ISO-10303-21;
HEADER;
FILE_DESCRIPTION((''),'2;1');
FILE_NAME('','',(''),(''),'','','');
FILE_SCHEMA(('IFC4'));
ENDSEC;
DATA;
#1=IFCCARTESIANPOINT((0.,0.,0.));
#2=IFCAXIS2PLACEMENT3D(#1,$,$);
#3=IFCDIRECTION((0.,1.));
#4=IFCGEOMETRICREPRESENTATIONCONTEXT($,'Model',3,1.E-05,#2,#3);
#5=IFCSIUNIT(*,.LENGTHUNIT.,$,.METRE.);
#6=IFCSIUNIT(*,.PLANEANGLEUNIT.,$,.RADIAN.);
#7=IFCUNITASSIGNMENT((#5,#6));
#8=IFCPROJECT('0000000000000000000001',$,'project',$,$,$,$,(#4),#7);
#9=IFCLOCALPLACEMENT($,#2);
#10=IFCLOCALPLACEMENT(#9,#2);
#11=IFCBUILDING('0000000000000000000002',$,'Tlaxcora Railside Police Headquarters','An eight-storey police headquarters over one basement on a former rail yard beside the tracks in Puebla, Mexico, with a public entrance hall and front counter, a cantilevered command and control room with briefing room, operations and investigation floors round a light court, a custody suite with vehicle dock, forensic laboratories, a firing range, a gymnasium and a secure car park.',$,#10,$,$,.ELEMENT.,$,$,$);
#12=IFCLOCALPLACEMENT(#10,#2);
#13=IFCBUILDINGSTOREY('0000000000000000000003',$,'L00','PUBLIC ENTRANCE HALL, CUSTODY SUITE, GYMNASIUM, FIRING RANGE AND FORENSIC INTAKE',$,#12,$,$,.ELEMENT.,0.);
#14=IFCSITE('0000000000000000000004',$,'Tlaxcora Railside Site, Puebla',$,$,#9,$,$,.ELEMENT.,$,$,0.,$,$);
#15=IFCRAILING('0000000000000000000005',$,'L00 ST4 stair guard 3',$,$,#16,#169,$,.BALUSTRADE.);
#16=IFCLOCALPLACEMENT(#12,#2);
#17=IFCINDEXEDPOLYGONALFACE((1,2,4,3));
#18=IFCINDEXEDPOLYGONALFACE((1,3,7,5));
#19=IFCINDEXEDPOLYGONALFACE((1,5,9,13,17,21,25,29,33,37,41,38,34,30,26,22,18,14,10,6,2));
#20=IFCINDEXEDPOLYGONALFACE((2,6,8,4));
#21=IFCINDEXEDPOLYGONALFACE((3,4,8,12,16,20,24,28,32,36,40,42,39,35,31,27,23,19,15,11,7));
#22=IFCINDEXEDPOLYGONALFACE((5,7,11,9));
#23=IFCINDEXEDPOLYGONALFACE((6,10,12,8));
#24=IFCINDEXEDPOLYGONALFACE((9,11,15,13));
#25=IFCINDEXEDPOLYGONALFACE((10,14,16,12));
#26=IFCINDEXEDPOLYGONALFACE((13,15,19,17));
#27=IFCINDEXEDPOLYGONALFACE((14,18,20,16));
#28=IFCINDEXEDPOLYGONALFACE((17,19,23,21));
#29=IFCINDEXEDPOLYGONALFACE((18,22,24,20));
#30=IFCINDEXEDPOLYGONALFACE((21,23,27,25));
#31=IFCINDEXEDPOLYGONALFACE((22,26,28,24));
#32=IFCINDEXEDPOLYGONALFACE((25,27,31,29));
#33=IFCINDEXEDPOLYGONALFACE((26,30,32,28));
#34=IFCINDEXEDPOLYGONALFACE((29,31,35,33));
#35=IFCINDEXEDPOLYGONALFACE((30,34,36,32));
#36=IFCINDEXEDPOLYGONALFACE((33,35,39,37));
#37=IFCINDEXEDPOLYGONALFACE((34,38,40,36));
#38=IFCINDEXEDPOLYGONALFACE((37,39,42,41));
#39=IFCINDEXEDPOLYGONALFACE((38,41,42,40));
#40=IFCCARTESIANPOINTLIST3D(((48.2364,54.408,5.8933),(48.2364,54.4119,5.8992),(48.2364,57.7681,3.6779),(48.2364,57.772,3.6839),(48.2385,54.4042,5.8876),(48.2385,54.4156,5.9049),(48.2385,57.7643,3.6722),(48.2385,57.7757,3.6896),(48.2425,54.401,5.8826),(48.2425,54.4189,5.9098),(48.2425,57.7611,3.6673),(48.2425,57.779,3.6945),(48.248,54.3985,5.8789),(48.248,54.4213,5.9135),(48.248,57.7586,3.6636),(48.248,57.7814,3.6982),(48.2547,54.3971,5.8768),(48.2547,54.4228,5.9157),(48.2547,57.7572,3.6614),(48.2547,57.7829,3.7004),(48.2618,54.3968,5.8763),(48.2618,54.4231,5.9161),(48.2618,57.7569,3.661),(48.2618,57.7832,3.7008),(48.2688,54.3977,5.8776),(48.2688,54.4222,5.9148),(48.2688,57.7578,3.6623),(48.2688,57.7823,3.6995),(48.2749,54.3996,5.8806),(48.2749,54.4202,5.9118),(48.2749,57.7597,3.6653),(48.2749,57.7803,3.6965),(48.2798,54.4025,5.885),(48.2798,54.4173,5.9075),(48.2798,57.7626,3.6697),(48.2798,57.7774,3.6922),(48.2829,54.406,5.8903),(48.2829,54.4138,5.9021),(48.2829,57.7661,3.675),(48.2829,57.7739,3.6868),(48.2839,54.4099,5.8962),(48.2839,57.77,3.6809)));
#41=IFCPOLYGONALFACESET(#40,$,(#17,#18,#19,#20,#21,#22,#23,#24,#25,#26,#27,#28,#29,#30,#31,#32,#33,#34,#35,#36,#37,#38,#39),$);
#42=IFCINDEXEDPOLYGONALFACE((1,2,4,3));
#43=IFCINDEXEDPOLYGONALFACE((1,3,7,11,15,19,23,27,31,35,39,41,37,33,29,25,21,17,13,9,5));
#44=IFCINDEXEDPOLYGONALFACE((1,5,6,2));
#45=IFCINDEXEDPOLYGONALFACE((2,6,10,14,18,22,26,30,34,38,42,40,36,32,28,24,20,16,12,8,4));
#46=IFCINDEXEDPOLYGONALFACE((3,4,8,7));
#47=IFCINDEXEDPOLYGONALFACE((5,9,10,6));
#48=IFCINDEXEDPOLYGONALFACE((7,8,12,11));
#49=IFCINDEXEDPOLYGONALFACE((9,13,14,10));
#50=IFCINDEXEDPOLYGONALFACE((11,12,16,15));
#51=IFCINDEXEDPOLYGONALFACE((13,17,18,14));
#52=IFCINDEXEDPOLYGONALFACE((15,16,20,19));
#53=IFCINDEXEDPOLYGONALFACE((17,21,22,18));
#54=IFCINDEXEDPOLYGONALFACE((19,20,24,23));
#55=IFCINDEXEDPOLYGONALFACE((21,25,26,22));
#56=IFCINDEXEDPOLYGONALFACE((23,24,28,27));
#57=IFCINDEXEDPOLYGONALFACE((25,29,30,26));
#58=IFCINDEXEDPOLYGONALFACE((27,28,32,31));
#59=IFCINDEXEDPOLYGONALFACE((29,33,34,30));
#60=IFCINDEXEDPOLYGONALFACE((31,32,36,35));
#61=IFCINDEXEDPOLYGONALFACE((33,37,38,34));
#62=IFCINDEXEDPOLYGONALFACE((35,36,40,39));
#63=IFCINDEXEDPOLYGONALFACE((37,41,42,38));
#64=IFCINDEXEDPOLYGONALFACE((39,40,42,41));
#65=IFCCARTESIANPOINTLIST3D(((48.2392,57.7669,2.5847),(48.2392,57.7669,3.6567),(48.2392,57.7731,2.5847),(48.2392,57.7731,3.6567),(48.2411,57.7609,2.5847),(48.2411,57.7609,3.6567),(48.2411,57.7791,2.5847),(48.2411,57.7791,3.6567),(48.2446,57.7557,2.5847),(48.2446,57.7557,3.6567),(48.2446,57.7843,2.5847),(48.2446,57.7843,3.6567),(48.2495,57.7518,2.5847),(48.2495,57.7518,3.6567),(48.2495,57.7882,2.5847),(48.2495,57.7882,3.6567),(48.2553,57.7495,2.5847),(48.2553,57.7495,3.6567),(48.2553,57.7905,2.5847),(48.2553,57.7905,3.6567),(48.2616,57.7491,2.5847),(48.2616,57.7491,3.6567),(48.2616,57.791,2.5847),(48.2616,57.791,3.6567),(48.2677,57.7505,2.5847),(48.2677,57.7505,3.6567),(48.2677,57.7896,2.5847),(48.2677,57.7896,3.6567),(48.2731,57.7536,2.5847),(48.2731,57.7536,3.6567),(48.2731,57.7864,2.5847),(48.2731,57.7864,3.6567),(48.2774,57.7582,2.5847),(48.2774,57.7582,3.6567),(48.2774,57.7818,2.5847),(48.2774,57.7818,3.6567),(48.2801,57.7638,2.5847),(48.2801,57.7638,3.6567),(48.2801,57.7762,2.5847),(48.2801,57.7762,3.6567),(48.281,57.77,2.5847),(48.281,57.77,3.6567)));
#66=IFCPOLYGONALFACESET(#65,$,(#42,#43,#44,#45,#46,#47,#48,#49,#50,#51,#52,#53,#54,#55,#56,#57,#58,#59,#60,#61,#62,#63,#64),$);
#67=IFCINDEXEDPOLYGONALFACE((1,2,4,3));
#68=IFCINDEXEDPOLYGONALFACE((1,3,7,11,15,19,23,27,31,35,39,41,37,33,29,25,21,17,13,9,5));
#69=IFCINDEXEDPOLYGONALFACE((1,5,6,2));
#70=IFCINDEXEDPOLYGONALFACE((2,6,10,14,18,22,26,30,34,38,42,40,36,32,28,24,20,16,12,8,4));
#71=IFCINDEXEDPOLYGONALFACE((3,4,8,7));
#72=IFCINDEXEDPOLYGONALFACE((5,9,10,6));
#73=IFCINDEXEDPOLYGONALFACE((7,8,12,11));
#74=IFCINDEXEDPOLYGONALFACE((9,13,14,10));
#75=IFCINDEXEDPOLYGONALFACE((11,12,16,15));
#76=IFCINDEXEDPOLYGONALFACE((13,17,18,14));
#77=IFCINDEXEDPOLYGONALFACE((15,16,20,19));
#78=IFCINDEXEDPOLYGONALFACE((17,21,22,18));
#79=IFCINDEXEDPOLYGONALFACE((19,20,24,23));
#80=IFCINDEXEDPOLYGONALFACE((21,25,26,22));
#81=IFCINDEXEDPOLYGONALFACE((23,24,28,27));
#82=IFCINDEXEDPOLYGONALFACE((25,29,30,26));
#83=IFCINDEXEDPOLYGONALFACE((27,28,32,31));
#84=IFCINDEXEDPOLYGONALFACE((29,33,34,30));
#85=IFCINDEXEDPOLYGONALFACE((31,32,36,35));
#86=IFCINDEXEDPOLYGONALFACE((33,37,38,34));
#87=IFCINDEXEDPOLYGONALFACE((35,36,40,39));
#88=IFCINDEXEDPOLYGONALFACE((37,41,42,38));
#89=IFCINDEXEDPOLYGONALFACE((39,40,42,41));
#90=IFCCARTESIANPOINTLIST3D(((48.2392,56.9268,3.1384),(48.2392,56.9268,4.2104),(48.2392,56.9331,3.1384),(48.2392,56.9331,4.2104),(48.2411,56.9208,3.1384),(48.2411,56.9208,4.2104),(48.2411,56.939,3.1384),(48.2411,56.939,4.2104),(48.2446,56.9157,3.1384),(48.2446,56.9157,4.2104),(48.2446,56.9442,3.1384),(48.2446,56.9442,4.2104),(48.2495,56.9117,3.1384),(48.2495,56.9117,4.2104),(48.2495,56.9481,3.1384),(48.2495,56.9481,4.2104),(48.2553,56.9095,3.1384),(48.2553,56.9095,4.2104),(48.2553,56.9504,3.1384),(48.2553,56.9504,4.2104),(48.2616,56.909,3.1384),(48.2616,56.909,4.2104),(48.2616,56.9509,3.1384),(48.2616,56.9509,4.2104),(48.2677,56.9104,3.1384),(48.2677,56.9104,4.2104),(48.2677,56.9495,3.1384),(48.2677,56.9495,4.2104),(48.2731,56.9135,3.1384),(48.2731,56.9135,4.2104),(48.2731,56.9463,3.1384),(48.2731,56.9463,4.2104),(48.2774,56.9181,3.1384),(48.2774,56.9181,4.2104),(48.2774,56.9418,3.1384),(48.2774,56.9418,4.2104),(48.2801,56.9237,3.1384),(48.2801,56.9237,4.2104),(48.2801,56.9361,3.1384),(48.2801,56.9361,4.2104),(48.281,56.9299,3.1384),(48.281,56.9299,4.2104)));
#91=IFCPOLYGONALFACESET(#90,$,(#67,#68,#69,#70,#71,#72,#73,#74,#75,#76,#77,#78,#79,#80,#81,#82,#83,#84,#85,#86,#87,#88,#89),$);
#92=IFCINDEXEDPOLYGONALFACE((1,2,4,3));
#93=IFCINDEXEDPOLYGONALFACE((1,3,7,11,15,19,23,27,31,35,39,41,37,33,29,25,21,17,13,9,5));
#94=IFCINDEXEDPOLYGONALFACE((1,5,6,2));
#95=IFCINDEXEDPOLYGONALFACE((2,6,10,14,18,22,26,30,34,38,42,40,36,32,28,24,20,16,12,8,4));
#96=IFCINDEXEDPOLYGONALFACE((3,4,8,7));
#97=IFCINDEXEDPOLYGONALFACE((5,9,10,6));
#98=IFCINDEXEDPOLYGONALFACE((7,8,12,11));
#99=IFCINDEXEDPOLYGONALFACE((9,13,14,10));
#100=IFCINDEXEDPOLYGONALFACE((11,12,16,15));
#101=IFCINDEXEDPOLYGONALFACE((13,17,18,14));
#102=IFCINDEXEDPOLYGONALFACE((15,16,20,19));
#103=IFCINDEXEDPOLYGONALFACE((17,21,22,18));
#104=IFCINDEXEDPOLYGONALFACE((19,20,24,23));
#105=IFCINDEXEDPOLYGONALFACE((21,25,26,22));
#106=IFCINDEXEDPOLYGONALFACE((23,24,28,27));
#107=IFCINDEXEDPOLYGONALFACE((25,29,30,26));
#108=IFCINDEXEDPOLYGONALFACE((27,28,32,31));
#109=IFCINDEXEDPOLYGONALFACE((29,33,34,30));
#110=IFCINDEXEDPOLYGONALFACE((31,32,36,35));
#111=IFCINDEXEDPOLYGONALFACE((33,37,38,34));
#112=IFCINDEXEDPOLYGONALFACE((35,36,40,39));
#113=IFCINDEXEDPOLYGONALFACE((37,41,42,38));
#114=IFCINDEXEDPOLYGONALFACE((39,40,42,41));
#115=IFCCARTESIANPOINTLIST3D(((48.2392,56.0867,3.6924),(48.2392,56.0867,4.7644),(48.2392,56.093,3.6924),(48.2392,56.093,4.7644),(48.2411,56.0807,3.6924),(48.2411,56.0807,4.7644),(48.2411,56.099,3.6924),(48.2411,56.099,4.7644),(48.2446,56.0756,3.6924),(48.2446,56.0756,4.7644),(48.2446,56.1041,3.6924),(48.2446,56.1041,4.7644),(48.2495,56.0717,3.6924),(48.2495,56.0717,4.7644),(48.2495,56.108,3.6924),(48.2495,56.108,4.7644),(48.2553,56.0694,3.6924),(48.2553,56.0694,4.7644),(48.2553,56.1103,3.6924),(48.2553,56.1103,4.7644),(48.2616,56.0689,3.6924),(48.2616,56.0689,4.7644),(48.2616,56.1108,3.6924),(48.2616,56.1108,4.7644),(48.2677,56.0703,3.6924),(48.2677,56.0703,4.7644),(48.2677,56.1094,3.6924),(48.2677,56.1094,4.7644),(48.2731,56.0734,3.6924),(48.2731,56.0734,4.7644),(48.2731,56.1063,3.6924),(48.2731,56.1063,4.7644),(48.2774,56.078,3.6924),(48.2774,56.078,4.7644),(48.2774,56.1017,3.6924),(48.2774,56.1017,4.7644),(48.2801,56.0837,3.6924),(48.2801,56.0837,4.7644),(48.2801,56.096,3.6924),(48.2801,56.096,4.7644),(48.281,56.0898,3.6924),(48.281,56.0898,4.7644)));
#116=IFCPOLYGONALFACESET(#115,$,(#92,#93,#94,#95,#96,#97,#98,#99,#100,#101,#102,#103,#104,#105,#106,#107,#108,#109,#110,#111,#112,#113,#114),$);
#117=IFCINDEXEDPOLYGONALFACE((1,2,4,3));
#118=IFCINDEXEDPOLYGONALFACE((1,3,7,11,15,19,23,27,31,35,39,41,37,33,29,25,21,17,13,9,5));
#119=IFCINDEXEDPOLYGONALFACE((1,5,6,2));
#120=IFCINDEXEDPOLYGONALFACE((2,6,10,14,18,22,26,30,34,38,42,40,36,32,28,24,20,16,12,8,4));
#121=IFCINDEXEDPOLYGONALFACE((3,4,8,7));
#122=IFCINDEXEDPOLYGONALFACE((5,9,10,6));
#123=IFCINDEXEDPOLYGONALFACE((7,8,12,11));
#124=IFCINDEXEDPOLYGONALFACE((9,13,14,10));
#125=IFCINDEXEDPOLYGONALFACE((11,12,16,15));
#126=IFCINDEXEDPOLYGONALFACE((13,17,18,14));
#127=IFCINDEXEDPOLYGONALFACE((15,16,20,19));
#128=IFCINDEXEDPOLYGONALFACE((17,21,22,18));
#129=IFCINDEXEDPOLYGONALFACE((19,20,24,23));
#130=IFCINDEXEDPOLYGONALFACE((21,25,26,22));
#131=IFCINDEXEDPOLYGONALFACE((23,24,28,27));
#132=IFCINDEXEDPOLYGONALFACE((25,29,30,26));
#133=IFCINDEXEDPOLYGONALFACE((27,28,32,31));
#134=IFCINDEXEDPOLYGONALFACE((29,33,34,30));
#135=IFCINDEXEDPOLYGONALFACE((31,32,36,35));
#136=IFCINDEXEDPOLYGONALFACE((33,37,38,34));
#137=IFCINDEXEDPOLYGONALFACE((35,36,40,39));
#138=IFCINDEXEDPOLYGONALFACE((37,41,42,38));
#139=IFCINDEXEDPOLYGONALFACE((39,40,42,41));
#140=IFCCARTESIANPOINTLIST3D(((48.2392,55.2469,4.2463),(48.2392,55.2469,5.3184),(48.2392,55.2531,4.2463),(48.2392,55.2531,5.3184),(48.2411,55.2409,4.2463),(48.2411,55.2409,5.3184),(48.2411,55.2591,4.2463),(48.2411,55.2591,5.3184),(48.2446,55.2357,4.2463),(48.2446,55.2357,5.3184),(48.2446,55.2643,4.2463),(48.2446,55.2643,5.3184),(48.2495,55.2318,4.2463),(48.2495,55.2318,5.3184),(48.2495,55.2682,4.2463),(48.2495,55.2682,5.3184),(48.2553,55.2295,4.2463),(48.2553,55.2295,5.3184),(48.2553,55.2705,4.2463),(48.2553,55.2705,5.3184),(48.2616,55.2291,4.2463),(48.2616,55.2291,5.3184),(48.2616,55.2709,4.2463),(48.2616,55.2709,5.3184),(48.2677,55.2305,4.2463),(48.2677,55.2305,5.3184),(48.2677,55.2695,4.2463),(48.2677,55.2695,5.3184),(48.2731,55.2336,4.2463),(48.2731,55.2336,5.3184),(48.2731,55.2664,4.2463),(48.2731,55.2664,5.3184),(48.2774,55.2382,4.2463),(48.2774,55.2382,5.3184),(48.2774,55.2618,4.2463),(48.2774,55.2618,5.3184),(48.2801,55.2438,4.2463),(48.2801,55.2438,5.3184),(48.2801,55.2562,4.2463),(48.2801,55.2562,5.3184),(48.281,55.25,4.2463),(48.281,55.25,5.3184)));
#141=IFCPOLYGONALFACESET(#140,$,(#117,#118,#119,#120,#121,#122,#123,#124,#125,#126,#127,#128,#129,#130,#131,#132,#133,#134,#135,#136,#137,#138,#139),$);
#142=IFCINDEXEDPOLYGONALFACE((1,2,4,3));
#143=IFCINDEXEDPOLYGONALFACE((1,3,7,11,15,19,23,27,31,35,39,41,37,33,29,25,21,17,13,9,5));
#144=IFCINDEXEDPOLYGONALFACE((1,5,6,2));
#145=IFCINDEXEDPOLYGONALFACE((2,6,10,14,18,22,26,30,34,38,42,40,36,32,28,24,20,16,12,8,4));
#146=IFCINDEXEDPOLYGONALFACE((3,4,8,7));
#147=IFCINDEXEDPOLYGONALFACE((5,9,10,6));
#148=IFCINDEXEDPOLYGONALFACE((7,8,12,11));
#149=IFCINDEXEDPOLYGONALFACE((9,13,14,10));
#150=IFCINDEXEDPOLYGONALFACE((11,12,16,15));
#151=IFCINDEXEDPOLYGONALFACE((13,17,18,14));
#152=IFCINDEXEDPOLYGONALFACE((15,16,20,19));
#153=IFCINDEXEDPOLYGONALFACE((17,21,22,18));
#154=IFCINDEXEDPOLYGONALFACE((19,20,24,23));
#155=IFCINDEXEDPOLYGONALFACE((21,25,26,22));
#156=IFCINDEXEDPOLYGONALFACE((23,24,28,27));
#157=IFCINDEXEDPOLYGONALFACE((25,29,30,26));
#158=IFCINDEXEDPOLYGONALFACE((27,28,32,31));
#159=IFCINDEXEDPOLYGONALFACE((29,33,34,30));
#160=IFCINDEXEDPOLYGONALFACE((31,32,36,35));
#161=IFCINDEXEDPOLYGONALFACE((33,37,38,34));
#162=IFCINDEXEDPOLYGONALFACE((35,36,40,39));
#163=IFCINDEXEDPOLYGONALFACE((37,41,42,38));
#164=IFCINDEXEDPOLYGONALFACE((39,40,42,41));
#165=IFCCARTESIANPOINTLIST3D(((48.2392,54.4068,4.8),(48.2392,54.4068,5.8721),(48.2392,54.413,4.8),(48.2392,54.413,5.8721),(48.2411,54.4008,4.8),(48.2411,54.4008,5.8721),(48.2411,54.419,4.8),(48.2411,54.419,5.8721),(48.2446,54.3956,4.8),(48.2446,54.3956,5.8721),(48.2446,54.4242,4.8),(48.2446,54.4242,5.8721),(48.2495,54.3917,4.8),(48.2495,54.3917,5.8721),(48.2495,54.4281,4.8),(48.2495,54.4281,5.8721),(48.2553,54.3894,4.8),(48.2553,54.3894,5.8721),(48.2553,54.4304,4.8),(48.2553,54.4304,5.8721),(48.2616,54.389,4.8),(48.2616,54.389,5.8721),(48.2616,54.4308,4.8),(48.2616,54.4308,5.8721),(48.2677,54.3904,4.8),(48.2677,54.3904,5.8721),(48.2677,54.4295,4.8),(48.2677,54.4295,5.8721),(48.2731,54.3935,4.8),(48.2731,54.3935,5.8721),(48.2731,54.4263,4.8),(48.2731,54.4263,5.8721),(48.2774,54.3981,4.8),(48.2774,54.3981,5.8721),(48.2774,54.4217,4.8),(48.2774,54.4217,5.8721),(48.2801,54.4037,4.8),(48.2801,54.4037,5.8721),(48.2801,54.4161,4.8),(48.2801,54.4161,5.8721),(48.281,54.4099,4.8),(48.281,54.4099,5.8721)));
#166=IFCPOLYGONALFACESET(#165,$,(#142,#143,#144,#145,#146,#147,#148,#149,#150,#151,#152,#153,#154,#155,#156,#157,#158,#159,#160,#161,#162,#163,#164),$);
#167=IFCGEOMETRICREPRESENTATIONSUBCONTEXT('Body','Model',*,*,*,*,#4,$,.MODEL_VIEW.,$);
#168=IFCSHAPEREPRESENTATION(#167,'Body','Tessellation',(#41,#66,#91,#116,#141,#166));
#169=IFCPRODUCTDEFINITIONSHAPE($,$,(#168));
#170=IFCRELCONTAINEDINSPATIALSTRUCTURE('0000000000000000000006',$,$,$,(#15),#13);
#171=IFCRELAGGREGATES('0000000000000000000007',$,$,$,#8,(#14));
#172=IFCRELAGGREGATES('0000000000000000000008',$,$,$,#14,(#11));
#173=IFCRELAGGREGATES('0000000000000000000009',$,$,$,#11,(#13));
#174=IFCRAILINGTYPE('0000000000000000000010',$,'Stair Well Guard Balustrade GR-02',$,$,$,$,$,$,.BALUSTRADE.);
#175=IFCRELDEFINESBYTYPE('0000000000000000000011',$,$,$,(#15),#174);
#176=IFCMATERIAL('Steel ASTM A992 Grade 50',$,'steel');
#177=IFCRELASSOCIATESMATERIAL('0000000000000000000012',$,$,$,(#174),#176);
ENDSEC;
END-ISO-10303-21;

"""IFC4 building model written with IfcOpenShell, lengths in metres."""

from ifc_helpers import new_model, si_unit, direction, frame, origin, origin_2d, place, context, subcontext, project, spatial, circle, extrude, material, type_object, element, save


model = new_model("IFC4")

# Units and contexts
model_context = context("Model", 3, precision=1e-05, world=origin(), true_north=direction((0.0, 1.0)))
body_context = subcontext(model_context, "Body", "Model", "MODEL_VIEW")
ifc_project = project(units=[si_unit("LENGTHUNIT", "METRE"), si_unit("PLANEANGLEUNIT", "RADIAN")], contexts=[model_context])

# Site, building, storey
site_placement = place(None, origin())
site = spatial("IfcSite", under=ifc_project, at=site_placement, Name="Tlaxcora Railside Site, Puebla", CompositionType="ELEMENT", RefElevation=0.0)
building_placement = place(site_placement, origin())
building = spatial("IfcBuilding", under=site, at=building_placement, Name="Tlaxcora Railside Police Headquarters", Description="An eight-storey police headquarters over one basement on a former rail yard beside the tracks in Puebla, Mexico, with a public entrance hall and front counter, a cantilevered command and control room with briefing room, operations and investigation floors round a light court, a custody suite with vehicle dock, forensic laboratories, a firing range, a gymnasium and a secure car park.", CompositionType="ELEMENT")
storey_placement = place(building_placement, origin())
storey = spatial("IfcBuildingStorey", under=building, at=storey_placement, Name="L00", Description="PUBLIC ENTRANCE HALL, CUSTODY SUITE, GYMNASIUM, FIRING RANGE AND FORENSIC INTAKE", CompositionType="ELEMENT", Elevation=0.0)

# Shared definitions
ifc_material_1 = material(Name="Steel ASTM A992 Grade 50", Category="steel")

# Railing
railing_type_1 = type_object("IfcRailingType", Name="Stair Well Guard Balustrade GR-02", PredefinedType="BALUSTRADE", material=ifc_material_1)
railing_1_placement = place(storey_placement, frame((48.26, 57.77, 2.5847)))
element("IfcRailing", 1, at=railing_1_placement, inside=storey, type_object=railing_type_1, Name="L00 ST4 stair guard 3", PredefinedType="BALUSTRADE", context=body_context, shape_type="SweptSolid", body=[
    extrude(circle(Radius=0.0239, at=origin_2d()), frame((0.0, 0.0, 1.0962), z_axis=(0.0, -0.834876, 0.550437), x_axis=(1.0, 0.0, 0.0)), (0.0, 0.0, 1.0), 4.0247),
    extrude(circle(Radius=0.021, at=origin_2d()), origin(), (0.0, 0.0, 1.0), 1.072),
    extrude(circle(Radius=0.021, at=origin_2d()), frame((0.0, -0.8401, 0.5537)), (0.0, 0.0, 1.0), 1.072),
    extrude(circle(Radius=0.021, at=origin_2d()), frame((0.0, -1.6802, 1.1077)), (0.0, 0.0, 1.0), 1.072),
    extrude(circle(Radius=0.021, at=origin_2d()), frame((0.0, -2.52, 1.6616)), (0.0, 0.0, 1.0), 1.072),
    extrude(circle(Radius=0.021, at=origin_2d()), frame((0.0, -3.3601, 2.2153)), (0.0, 0.0, 1.0), 1.072),
])

save(model, "model.ifc")
